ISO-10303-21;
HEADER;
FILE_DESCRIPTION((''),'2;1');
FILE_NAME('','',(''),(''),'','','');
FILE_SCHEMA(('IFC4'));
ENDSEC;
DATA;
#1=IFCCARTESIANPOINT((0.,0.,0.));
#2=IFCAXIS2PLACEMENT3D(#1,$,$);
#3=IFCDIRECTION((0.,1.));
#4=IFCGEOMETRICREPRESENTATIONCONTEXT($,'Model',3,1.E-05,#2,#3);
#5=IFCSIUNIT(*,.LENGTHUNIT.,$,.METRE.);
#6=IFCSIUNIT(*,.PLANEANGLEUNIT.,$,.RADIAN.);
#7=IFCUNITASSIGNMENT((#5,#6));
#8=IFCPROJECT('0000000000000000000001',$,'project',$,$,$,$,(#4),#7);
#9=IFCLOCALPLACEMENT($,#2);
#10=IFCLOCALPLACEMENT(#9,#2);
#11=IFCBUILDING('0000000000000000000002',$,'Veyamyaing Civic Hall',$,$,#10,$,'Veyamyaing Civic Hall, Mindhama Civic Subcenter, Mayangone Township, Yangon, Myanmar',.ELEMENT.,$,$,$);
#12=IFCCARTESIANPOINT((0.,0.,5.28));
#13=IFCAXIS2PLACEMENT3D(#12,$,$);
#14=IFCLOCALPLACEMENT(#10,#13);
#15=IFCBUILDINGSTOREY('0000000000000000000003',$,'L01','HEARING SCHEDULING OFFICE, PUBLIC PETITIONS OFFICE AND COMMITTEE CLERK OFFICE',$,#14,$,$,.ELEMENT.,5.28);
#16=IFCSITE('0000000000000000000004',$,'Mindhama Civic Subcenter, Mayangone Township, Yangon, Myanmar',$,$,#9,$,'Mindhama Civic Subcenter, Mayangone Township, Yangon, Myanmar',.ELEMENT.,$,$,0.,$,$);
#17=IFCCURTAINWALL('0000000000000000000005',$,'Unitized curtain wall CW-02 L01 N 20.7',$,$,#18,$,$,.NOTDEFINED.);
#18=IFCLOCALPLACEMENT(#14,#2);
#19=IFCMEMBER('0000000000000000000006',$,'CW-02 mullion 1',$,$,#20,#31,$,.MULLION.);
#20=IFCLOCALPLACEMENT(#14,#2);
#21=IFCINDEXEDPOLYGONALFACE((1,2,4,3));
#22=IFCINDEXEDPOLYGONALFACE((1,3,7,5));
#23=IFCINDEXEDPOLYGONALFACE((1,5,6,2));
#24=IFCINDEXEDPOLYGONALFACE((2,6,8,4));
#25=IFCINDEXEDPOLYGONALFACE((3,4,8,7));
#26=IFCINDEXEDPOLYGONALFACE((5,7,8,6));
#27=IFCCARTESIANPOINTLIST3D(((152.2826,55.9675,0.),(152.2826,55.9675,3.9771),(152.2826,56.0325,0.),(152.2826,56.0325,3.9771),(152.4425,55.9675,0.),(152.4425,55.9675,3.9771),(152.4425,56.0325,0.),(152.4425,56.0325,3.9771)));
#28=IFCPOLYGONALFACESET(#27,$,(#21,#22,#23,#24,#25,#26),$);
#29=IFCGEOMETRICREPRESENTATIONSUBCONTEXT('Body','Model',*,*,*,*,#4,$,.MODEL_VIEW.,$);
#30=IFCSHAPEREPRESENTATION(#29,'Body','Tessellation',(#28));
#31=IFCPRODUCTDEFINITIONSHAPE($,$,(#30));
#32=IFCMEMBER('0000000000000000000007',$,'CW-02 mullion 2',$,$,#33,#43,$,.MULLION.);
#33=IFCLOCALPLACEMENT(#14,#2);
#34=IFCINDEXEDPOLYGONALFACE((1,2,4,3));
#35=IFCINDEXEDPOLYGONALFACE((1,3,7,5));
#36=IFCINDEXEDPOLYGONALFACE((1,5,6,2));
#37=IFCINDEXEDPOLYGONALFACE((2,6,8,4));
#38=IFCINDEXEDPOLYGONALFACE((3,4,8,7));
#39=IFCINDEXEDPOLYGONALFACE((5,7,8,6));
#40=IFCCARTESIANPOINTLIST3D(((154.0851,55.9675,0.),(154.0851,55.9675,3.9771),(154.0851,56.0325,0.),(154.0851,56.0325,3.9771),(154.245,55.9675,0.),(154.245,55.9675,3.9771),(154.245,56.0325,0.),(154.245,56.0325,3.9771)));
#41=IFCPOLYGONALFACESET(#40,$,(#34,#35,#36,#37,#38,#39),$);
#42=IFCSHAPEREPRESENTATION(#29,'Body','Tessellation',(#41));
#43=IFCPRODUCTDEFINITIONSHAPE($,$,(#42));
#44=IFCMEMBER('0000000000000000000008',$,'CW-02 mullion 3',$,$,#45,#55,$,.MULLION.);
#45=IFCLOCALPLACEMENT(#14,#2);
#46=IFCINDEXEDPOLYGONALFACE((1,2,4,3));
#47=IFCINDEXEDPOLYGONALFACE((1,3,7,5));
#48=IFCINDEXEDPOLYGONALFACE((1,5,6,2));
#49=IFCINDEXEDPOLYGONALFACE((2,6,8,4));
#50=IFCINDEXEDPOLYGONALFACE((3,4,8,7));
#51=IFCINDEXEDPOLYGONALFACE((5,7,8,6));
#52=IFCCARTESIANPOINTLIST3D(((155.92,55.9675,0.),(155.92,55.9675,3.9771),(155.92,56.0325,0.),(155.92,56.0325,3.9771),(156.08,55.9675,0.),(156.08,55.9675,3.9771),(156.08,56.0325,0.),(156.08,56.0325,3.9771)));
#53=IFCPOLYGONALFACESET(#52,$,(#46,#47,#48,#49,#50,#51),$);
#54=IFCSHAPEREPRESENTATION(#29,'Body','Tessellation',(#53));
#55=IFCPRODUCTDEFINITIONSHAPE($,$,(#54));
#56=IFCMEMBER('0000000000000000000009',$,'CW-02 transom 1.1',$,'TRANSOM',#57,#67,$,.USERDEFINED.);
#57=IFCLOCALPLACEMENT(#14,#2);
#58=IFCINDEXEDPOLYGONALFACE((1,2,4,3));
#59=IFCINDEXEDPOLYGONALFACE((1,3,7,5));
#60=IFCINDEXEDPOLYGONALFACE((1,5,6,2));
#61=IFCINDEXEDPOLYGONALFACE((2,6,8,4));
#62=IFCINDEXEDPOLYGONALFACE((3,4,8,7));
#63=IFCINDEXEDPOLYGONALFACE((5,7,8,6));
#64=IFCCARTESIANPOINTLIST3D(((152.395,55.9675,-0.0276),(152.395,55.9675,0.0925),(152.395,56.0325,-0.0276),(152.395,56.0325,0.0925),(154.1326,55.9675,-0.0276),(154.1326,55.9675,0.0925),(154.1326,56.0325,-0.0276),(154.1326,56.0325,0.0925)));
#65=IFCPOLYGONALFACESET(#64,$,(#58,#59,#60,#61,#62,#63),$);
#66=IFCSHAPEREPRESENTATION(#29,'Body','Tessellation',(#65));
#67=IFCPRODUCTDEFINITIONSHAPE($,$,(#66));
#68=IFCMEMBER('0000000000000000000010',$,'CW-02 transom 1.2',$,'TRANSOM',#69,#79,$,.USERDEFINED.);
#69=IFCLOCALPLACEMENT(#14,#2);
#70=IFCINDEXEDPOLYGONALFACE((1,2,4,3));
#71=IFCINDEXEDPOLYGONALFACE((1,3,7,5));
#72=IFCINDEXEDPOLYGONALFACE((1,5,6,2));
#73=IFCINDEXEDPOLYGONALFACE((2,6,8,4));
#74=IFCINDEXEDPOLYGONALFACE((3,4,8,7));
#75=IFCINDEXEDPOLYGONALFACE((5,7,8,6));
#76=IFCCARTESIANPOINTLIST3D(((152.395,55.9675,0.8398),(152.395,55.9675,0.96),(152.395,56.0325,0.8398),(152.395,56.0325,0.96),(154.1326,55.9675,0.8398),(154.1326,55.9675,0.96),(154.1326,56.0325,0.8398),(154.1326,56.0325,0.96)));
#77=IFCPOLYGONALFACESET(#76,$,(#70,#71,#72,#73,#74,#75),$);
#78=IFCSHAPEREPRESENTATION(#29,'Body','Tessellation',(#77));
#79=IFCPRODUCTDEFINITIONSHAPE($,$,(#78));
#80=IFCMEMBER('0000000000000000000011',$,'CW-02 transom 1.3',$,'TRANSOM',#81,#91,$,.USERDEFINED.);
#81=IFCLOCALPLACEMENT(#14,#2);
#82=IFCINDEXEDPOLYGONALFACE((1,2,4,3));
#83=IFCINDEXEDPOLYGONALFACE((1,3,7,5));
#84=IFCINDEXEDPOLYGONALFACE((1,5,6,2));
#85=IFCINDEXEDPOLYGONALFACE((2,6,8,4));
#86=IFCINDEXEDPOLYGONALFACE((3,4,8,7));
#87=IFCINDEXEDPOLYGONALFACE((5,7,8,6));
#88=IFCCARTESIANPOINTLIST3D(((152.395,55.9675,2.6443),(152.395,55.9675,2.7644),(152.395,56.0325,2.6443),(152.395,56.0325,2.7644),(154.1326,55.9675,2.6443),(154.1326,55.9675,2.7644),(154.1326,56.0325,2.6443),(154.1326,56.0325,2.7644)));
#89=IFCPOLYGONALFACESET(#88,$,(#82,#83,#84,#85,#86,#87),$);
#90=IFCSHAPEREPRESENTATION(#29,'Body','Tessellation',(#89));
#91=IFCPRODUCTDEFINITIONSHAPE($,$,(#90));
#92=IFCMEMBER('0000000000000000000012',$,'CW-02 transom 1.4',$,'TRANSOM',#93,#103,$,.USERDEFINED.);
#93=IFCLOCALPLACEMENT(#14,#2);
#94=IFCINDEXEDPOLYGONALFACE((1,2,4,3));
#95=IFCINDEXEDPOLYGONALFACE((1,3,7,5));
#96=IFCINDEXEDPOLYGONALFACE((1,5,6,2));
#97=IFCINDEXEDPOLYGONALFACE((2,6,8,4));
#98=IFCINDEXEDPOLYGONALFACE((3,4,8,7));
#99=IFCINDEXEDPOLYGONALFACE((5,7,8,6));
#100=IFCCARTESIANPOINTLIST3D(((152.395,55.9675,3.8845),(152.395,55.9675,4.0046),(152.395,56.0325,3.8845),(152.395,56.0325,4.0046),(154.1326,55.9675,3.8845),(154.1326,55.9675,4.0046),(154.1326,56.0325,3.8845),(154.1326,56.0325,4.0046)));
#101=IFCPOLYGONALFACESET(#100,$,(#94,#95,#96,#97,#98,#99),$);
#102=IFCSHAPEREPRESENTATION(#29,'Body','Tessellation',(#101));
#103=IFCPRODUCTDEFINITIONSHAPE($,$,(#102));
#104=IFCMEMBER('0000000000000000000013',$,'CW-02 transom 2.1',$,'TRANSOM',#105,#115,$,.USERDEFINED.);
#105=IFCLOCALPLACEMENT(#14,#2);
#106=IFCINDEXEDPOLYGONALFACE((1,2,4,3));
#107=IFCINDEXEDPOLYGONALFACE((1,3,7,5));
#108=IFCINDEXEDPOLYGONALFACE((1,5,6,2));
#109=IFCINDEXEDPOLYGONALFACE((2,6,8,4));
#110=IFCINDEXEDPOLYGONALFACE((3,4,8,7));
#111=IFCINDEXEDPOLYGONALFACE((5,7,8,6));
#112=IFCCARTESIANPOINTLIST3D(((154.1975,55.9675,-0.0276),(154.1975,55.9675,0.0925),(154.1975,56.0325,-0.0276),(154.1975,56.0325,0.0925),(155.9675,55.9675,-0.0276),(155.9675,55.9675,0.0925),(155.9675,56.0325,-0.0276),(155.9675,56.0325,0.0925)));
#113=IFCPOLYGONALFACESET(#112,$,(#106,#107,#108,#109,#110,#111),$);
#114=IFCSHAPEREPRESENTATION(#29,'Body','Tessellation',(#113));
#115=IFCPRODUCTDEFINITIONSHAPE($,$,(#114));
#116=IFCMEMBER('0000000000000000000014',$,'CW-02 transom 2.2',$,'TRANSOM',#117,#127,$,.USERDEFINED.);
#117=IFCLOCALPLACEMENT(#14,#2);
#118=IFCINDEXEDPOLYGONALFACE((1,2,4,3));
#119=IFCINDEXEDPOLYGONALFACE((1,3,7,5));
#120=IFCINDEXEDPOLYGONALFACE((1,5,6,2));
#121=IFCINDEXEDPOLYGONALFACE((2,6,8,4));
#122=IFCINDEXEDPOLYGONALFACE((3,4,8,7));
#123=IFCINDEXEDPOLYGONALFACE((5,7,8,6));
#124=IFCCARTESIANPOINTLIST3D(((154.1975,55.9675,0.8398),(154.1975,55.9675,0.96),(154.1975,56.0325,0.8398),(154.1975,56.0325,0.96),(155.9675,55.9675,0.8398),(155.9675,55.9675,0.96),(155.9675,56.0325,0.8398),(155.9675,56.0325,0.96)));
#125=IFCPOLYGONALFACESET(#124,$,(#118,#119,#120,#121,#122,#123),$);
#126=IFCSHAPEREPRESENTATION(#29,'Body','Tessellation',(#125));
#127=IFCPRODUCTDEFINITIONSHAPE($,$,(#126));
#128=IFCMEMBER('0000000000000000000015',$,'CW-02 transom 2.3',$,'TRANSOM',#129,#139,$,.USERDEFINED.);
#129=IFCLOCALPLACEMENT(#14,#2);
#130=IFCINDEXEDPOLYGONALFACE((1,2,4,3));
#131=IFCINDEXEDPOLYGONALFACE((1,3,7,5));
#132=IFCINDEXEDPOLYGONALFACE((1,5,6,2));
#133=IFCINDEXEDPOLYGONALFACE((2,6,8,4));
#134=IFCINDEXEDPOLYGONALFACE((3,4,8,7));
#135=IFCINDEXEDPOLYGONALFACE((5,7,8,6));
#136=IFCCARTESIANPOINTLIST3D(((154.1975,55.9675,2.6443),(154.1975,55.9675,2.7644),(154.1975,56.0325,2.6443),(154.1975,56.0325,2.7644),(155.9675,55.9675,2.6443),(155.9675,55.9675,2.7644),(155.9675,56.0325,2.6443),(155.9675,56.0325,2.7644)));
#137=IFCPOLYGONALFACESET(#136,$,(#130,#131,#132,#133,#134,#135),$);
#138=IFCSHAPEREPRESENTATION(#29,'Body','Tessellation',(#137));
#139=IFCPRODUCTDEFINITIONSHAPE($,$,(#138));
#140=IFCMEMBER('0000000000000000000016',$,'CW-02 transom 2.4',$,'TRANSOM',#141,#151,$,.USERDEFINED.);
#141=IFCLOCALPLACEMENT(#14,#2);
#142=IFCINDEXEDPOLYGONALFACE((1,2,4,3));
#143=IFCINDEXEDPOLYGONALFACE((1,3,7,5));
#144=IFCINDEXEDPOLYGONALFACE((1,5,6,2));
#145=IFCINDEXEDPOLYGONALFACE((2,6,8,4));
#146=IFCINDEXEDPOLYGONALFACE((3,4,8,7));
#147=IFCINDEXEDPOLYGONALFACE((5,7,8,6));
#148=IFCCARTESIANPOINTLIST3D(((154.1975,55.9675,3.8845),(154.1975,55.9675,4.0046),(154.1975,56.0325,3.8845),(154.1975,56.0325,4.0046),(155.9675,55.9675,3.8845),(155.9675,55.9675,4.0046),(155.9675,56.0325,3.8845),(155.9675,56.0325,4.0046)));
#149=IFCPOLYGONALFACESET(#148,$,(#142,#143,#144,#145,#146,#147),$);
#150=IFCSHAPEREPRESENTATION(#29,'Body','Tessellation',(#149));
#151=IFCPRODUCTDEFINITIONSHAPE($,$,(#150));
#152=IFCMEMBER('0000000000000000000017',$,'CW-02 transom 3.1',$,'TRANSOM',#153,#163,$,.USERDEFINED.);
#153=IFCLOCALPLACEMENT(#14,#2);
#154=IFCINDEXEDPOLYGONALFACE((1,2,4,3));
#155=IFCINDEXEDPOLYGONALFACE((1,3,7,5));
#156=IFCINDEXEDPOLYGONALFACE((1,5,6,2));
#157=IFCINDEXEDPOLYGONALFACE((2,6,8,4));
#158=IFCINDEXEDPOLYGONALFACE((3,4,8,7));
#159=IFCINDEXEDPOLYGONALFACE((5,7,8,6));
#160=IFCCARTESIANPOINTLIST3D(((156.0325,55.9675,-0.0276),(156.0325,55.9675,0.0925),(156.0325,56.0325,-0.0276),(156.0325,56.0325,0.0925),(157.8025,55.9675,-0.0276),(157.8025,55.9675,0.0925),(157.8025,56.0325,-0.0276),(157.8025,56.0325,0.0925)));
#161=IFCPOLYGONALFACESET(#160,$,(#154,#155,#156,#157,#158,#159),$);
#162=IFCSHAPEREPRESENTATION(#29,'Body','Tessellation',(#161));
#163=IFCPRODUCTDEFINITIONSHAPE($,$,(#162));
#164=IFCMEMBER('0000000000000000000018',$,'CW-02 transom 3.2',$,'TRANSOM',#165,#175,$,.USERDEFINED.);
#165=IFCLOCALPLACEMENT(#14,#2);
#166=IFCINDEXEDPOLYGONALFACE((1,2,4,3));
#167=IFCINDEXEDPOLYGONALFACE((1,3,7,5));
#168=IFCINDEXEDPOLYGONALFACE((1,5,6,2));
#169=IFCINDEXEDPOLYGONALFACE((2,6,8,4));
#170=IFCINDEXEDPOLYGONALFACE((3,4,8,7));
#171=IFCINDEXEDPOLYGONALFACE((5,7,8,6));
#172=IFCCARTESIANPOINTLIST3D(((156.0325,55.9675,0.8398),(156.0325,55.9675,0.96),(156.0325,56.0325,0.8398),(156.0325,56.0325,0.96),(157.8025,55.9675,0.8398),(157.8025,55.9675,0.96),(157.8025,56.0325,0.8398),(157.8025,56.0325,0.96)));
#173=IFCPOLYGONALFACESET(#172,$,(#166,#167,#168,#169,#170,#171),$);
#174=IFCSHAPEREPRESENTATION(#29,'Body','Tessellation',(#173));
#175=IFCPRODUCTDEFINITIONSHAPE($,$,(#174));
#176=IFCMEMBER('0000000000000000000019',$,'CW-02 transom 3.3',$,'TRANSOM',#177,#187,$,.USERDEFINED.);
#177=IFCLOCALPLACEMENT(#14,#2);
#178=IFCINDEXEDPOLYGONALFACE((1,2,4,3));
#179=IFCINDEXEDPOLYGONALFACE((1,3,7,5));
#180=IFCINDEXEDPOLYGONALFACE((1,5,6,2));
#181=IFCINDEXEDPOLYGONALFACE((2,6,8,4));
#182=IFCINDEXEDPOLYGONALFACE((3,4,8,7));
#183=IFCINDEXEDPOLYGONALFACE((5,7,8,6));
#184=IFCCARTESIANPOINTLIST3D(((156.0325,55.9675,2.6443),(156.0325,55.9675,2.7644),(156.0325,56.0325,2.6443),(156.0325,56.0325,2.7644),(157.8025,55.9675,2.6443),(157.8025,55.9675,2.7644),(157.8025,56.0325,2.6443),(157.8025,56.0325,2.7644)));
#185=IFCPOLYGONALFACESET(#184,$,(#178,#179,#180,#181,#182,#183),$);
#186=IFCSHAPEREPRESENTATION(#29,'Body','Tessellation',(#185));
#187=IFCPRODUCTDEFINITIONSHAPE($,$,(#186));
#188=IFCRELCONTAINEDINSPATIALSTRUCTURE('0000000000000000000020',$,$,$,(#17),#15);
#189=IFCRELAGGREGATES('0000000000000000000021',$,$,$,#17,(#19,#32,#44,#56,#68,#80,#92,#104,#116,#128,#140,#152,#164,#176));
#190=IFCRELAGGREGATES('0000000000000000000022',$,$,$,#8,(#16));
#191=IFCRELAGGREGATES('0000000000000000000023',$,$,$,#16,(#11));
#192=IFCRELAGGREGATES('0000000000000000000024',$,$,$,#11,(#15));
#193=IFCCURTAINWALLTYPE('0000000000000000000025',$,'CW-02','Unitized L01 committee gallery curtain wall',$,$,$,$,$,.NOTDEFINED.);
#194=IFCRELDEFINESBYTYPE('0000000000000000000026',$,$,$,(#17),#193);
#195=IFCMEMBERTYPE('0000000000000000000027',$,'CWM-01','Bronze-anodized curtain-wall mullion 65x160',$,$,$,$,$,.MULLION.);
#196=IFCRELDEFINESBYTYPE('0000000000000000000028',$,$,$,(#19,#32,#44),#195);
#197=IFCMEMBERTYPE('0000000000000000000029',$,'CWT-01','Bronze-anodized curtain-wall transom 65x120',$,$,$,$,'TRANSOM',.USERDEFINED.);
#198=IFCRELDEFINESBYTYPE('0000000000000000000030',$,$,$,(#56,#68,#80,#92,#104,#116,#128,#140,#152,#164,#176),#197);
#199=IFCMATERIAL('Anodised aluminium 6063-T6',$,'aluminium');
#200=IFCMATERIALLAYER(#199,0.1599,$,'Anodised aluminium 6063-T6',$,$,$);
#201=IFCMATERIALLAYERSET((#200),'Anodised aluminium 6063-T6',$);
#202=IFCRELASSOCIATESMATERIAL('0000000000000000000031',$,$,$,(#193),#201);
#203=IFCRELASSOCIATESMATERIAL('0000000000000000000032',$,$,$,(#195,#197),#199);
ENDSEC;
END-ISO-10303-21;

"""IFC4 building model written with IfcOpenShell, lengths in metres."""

from ifc_helpers import new_model, si_unit, direction, frame, origin, origin_2d, place, context, subcontext, project, spatial, rectangle, extrude, material, layer, layer_set, material_profile, profile_set, type_object, element, aggregate, save


model = new_model("IFC4")

# Units and contexts
model_context = context("Model", 3, precision=1e-05, world=origin(), true_north=direction((0.0, 1.0)))
body_context = subcontext(model_context, "Body", "Model", "MODEL_VIEW")
ifc_project = project(units=[si_unit("LENGTHUNIT", "METRE"), si_unit("PLANEANGLEUNIT", "RADIAN")], contexts=[model_context])

# Site, building, storey
site_placement = place(None, origin())
site = spatial("IfcSite", under=ifc_project, at=site_placement, Name="Mindhama Civic Subcenter, Mayangone Township, Yangon, Myanmar", LongName="Mindhama Civic Subcenter, Mayangone Township, Yangon, Myanmar", CompositionType="ELEMENT", RefElevation=0.0)
building_placement = place(site_placement, origin())
building = spatial("IfcBuilding", under=site, at=building_placement, Name="Veyamyaing Civic Hall", LongName="Veyamyaing Civic Hall, Mindhama Civic Subcenter, Mayangone Township, Yangon, Myanmar", CompositionType="ELEMENT")
storey_placement = place(building_placement, frame((0.0, 0.0, 5.28)))
storey = spatial("IfcBuildingStorey", under=building, at=storey_placement, Name="L01", Description="HEARING SCHEDULING OFFICE, PUBLIC PETITIONS OFFICE AND COMMITTEE CLERK OFFICE", CompositionType="ELEMENT", Elevation=5.28)

# Curtain wall, members
ifc_material_1 = material(Name="Anodised aluminium 6063-T6", Category="aluminium")
ifc_layer_1 = layer(ifc_material_1, 0.1599, Name="Anodised aluminium 6063-T6")
ifc_layer_set_1 = layer_set([ifc_layer_1], Name="Anodised aluminium 6063-T6")
curtain_wall_type = type_object("IfcCurtainWallType", Name="CW-02", Description="Unitized L01 committee gallery curtain wall", PredefinedType="NOTDEFINED", material=ifc_layer_set_1)
curtain_wall_placement = place(storey_placement, origin())
curtain_wall = element("IfcCurtainWall", 1, at=curtain_wall_placement, inside=storey, type_object=curtain_wall_type, Name="Unitized curtain wall CW-02 L01 N 20.7", PredefinedType="NOTDEFINED")
ifc_material_profile_1 = material_profile(ifc_material_1, rectangle(XDim=0.0649, YDim=0.1599, at=origin_2d()), Name="ALU-MUL-65X160")
ifc_profile_set_1 = profile_set([ifc_material_profile_1], Name="Anodised aluminium 6063-T6")
member_type_1 = type_object("IfcMemberType", Name="CWM-01", Description="Bronze-anodized curtain-wall mullion 65x160", PredefinedType="MULLION", material=ifc_profile_set_1)
member_1_placement = place(storey_placement, frame((152.3625, 56.0, 0.0), z_axis=(0.0, 0.0, 1.0), x_axis=(0.0, 1.0, 0.0)))
member_1 = element("IfcMember", 2, at=member_1_placement, type_object=member_type_1, Name="CW-02 mullion 1", PredefinedType="MULLION", context=body_context, shape_type="SweptSolid", body=[
    extrude(rectangle(XDim=0.0649, YDim=0.1599, at=origin_2d()), origin(), (0.0, 0.0, 1.0), 3.9771),
])
member_2_placement = place(storey_placement, frame((154.165, 56.0, 0.0), z_axis=(0.0, 0.0, 1.0), x_axis=(0.0, 1.0, 0.0)))
member_2 = element("IfcMember", 3, at=member_2_placement, type_object=member_type_1, Name="CW-02 mullion 2", PredefinedType="MULLION", context=body_context, shape_type="SweptSolid", body=[
    extrude(rectangle(XDim=0.0649, YDim=0.1599, at=origin_2d()), origin(), (0.0, 0.0, 1.0), 3.9771),
])
member_3_placement = place(storey_placement, frame((156.0, 56.0, 0.0), z_axis=(0.0, 0.0, 1.0), x_axis=(0.0, 1.0, 0.0)))
member_3 = element("IfcMember", 4, at=member_3_placement, type_object=member_type_1, Name="CW-02 mullion 3", PredefinedType="MULLION", context=body_context, shape_type="SweptSolid", body=[
    extrude(rectangle(XDim=0.0649, YDim=0.1599, at=origin_2d()), origin(), (0.0, 0.0, 1.0), 3.9771),
])
ifc_material_profile_2 = material_profile(ifc_material_1, rectangle(XDim=0.0649, YDim=0.1201, at=origin_2d()), Name="ALU-TRN-65X120")
ifc_profile_set_2 = profile_set([ifc_material_profile_2], Name="Anodised aluminium 6063-T6")
member_type_2 = type_object("IfcMemberType", Name="CWT-01", Description="Bronze-anodized curtain-wall transom 65x120", ElementType="TRANSOM", PredefinedType="USERDEFINED", material=ifc_profile_set_2)
member_4_placement = place(storey_placement, frame((152.395, 56.0, 0.0325), z_axis=(1.0, 0.0, 0.0), x_axis=(0.0, 1.0, 0.0)))
member_4 = element("IfcMember", 5, at=member_4_placement, type_object=member_type_2, Name="CW-02 transom 1.1", ObjectType="TRANSOM", PredefinedType="USERDEFINED", context=body_context, shape_type="SweptSolid", body=[
    extrude(rectangle(XDim=0.0649, YDim=0.1201, at=origin_2d()), origin(), (0.0, 0.0, 1.0), 1.7375),
])
member_5_placement = place(storey_placement, frame((152.395, 56.0, 0.8999), z_axis=(1.0, 0.0, 0.0), x_axis=(0.0, 1.0, 0.0)))
member_5 = element("IfcMember", 6, at=member_5_placement, type_object=member_type_2, Name="CW-02 transom 1.2", ObjectType="TRANSOM", PredefinedType="USERDEFINED", context=body_context, shape_type="SweptSolid", body=[
    extrude(rectangle(XDim=0.0649, YDim=0.1201, at=origin_2d()), origin(), (0.0, 0.0, 1.0), 1.7375),
])
member_6_placement = place(storey_placement, frame((152.395, 56.0, 2.7043), z_axis=(1.0, 0.0, 0.0), x_axis=(0.0, 1.0, 0.0)))
member_6 = element("IfcMember", 7, at=member_6_placement, type_object=member_type_2, Name="CW-02 transom 1.3", ObjectType="TRANSOM", PredefinedType="USERDEFINED", context=body_context, shape_type="SweptSolid", body=[
    extrude(rectangle(XDim=0.0649, YDim=0.1201, at=origin_2d()), origin(), (0.0, 0.0, 1.0), 1.7375),
])
member_7_placement = place(storey_placement, frame((152.395, 56.0, 3.9446), z_axis=(1.0, 0.0, 0.0), x_axis=(0.0, 1.0, 0.0)))
member_7 = element("IfcMember", 8, at=member_7_placement, type_object=member_type_2, Name="CW-02 transom 1.4", ObjectType="TRANSOM", PredefinedType="USERDEFINED", context=body_context, shape_type="SweptSolid", body=[
    extrude(rectangle(XDim=0.0649, YDim=0.1201, at=origin_2d()), origin(), (0.0, 0.0, 1.0), 1.7375),
])
member_8_placement = place(storey_placement, frame((154.1975, 56.0, 0.0325), z_axis=(1.0, 0.0, 0.0), x_axis=(0.0, 1.0, 0.0)))
member_8 = element("IfcMember", 9, at=member_8_placement, type_object=member_type_2, Name="CW-02 transom 2.1", ObjectType="TRANSOM", PredefinedType="USERDEFINED", context=body_context, shape_type="SweptSolid", body=[
    extrude(rectangle(XDim=0.0649, YDim=0.1201, at=origin_2d()), origin(), (0.0, 0.0, 1.0), 1.77),
])
member_9_placement = place(storey_placement, frame((154.1975, 56.0, 0.8999), z_axis=(1.0, 0.0, 0.0), x_axis=(0.0, 1.0, 0.0)))
member_9 = element("IfcMember", 10, at=member_9_placement, type_object=member_type_2, Name="CW-02 transom 2.2", ObjectType="TRANSOM", PredefinedType="USERDEFINED", context=body_context, shape_type="SweptSolid", body=[
    extrude(rectangle(XDim=0.0649, YDim=0.1201, at=origin_2d()), origin(), (0.0, 0.0, 1.0), 1.77),
])
member_10_placement = place(storey_placement, frame((154.1975, 56.0, 2.7043), z_axis=(1.0, 0.0, 0.0), x_axis=(0.0, 1.0, 0.0)))
member_10 = element("IfcMember", 11, at=member_10_placement, type_object=member_type_2, Name="CW-02 transom 2.3", ObjectType="TRANSOM", PredefinedType="USERDEFINED", context=body_context, shape_type="SweptSolid", body=[
    extrude(rectangle(XDim=0.0649, YDim=0.1201, at=origin_2d()), origin(), (0.0, 0.0, 1.0), 1.77),
])
member_11_placement = place(storey_placement, frame((154.1975, 56.0, 3.9446), z_axis=(1.0, 0.0, 0.0), x_axis=(0.0, 1.0, 0.0)))
member_11 = element("IfcMember", 12, at=member_11_placement, type_object=member_type_2, Name="CW-02 transom 2.4", ObjectType="TRANSOM", PredefinedType="USERDEFINED", context=body_context, shape_type="SweptSolid", body=[
    extrude(rectangle(XDim=0.0649, YDim=0.1201, at=origin_2d()), origin(), (0.0, 0.0, 1.0), 1.77),
])
member_12_placement = place(storey_placement, frame((156.0325, 56.0, 0.0325), z_axis=(1.0, 0.0, 0.0), x_axis=(0.0, 1.0, 0.0)))
member_12 = element("IfcMember", 13, at=member_12_placement, type_object=member_type_2, Name="CW-02 transom 3.1", ObjectType="TRANSOM", PredefinedType="USERDEFINED", context=body_context, shape_type="SweptSolid", body=[
    extrude(rectangle(XDim=0.0649, YDim=0.1201, at=origin_2d()), origin(), (0.0, 0.0, 1.0), 1.77),
])
member_13_placement = place(storey_placement, frame((156.0325, 56.0, 0.8999), z_axis=(1.0, 0.0, 0.0), x_axis=(0.0, 1.0, 0.0)))
member_13 = element("IfcMember", 14, at=member_13_placement, type_object=member_type_2, Name="CW-02 transom 3.2", ObjectType="TRANSOM", PredefinedType="USERDEFINED", context=body_context, shape_type="SweptSolid", body=[
    extrude(rectangle(XDim=0.0649, YDim=0.1201, at=origin_2d()), origin(), (0.0, 0.0, 1.0), 1.77),
])
member_14_placement = place(storey_placement, frame((156.0325, 56.0, 2.7043), z_axis=(1.0, 0.0, 0.0), x_axis=(0.0, 1.0, 0.0)))
member_14 = element("IfcMember", 15, at=member_14_placement, type_object=member_type_2, Name="CW-02 transom 3.3", ObjectType="TRANSOM", PredefinedType="USERDEFINED", context=body_context, shape_type="SweptSolid", body=[
    extrude(rectangle(XDim=0.0649, YDim=0.1201, at=origin_2d()), origin(), (0.0, 0.0, 1.0), 1.77),
])
aggregate(curtain_wall, [member_1, member_2, member_3, member_4, member_5, member_6, member_7, member_8, member_9, member_10, member_11, member_12, member_13, member_14])

save(model, "model.ifc")
